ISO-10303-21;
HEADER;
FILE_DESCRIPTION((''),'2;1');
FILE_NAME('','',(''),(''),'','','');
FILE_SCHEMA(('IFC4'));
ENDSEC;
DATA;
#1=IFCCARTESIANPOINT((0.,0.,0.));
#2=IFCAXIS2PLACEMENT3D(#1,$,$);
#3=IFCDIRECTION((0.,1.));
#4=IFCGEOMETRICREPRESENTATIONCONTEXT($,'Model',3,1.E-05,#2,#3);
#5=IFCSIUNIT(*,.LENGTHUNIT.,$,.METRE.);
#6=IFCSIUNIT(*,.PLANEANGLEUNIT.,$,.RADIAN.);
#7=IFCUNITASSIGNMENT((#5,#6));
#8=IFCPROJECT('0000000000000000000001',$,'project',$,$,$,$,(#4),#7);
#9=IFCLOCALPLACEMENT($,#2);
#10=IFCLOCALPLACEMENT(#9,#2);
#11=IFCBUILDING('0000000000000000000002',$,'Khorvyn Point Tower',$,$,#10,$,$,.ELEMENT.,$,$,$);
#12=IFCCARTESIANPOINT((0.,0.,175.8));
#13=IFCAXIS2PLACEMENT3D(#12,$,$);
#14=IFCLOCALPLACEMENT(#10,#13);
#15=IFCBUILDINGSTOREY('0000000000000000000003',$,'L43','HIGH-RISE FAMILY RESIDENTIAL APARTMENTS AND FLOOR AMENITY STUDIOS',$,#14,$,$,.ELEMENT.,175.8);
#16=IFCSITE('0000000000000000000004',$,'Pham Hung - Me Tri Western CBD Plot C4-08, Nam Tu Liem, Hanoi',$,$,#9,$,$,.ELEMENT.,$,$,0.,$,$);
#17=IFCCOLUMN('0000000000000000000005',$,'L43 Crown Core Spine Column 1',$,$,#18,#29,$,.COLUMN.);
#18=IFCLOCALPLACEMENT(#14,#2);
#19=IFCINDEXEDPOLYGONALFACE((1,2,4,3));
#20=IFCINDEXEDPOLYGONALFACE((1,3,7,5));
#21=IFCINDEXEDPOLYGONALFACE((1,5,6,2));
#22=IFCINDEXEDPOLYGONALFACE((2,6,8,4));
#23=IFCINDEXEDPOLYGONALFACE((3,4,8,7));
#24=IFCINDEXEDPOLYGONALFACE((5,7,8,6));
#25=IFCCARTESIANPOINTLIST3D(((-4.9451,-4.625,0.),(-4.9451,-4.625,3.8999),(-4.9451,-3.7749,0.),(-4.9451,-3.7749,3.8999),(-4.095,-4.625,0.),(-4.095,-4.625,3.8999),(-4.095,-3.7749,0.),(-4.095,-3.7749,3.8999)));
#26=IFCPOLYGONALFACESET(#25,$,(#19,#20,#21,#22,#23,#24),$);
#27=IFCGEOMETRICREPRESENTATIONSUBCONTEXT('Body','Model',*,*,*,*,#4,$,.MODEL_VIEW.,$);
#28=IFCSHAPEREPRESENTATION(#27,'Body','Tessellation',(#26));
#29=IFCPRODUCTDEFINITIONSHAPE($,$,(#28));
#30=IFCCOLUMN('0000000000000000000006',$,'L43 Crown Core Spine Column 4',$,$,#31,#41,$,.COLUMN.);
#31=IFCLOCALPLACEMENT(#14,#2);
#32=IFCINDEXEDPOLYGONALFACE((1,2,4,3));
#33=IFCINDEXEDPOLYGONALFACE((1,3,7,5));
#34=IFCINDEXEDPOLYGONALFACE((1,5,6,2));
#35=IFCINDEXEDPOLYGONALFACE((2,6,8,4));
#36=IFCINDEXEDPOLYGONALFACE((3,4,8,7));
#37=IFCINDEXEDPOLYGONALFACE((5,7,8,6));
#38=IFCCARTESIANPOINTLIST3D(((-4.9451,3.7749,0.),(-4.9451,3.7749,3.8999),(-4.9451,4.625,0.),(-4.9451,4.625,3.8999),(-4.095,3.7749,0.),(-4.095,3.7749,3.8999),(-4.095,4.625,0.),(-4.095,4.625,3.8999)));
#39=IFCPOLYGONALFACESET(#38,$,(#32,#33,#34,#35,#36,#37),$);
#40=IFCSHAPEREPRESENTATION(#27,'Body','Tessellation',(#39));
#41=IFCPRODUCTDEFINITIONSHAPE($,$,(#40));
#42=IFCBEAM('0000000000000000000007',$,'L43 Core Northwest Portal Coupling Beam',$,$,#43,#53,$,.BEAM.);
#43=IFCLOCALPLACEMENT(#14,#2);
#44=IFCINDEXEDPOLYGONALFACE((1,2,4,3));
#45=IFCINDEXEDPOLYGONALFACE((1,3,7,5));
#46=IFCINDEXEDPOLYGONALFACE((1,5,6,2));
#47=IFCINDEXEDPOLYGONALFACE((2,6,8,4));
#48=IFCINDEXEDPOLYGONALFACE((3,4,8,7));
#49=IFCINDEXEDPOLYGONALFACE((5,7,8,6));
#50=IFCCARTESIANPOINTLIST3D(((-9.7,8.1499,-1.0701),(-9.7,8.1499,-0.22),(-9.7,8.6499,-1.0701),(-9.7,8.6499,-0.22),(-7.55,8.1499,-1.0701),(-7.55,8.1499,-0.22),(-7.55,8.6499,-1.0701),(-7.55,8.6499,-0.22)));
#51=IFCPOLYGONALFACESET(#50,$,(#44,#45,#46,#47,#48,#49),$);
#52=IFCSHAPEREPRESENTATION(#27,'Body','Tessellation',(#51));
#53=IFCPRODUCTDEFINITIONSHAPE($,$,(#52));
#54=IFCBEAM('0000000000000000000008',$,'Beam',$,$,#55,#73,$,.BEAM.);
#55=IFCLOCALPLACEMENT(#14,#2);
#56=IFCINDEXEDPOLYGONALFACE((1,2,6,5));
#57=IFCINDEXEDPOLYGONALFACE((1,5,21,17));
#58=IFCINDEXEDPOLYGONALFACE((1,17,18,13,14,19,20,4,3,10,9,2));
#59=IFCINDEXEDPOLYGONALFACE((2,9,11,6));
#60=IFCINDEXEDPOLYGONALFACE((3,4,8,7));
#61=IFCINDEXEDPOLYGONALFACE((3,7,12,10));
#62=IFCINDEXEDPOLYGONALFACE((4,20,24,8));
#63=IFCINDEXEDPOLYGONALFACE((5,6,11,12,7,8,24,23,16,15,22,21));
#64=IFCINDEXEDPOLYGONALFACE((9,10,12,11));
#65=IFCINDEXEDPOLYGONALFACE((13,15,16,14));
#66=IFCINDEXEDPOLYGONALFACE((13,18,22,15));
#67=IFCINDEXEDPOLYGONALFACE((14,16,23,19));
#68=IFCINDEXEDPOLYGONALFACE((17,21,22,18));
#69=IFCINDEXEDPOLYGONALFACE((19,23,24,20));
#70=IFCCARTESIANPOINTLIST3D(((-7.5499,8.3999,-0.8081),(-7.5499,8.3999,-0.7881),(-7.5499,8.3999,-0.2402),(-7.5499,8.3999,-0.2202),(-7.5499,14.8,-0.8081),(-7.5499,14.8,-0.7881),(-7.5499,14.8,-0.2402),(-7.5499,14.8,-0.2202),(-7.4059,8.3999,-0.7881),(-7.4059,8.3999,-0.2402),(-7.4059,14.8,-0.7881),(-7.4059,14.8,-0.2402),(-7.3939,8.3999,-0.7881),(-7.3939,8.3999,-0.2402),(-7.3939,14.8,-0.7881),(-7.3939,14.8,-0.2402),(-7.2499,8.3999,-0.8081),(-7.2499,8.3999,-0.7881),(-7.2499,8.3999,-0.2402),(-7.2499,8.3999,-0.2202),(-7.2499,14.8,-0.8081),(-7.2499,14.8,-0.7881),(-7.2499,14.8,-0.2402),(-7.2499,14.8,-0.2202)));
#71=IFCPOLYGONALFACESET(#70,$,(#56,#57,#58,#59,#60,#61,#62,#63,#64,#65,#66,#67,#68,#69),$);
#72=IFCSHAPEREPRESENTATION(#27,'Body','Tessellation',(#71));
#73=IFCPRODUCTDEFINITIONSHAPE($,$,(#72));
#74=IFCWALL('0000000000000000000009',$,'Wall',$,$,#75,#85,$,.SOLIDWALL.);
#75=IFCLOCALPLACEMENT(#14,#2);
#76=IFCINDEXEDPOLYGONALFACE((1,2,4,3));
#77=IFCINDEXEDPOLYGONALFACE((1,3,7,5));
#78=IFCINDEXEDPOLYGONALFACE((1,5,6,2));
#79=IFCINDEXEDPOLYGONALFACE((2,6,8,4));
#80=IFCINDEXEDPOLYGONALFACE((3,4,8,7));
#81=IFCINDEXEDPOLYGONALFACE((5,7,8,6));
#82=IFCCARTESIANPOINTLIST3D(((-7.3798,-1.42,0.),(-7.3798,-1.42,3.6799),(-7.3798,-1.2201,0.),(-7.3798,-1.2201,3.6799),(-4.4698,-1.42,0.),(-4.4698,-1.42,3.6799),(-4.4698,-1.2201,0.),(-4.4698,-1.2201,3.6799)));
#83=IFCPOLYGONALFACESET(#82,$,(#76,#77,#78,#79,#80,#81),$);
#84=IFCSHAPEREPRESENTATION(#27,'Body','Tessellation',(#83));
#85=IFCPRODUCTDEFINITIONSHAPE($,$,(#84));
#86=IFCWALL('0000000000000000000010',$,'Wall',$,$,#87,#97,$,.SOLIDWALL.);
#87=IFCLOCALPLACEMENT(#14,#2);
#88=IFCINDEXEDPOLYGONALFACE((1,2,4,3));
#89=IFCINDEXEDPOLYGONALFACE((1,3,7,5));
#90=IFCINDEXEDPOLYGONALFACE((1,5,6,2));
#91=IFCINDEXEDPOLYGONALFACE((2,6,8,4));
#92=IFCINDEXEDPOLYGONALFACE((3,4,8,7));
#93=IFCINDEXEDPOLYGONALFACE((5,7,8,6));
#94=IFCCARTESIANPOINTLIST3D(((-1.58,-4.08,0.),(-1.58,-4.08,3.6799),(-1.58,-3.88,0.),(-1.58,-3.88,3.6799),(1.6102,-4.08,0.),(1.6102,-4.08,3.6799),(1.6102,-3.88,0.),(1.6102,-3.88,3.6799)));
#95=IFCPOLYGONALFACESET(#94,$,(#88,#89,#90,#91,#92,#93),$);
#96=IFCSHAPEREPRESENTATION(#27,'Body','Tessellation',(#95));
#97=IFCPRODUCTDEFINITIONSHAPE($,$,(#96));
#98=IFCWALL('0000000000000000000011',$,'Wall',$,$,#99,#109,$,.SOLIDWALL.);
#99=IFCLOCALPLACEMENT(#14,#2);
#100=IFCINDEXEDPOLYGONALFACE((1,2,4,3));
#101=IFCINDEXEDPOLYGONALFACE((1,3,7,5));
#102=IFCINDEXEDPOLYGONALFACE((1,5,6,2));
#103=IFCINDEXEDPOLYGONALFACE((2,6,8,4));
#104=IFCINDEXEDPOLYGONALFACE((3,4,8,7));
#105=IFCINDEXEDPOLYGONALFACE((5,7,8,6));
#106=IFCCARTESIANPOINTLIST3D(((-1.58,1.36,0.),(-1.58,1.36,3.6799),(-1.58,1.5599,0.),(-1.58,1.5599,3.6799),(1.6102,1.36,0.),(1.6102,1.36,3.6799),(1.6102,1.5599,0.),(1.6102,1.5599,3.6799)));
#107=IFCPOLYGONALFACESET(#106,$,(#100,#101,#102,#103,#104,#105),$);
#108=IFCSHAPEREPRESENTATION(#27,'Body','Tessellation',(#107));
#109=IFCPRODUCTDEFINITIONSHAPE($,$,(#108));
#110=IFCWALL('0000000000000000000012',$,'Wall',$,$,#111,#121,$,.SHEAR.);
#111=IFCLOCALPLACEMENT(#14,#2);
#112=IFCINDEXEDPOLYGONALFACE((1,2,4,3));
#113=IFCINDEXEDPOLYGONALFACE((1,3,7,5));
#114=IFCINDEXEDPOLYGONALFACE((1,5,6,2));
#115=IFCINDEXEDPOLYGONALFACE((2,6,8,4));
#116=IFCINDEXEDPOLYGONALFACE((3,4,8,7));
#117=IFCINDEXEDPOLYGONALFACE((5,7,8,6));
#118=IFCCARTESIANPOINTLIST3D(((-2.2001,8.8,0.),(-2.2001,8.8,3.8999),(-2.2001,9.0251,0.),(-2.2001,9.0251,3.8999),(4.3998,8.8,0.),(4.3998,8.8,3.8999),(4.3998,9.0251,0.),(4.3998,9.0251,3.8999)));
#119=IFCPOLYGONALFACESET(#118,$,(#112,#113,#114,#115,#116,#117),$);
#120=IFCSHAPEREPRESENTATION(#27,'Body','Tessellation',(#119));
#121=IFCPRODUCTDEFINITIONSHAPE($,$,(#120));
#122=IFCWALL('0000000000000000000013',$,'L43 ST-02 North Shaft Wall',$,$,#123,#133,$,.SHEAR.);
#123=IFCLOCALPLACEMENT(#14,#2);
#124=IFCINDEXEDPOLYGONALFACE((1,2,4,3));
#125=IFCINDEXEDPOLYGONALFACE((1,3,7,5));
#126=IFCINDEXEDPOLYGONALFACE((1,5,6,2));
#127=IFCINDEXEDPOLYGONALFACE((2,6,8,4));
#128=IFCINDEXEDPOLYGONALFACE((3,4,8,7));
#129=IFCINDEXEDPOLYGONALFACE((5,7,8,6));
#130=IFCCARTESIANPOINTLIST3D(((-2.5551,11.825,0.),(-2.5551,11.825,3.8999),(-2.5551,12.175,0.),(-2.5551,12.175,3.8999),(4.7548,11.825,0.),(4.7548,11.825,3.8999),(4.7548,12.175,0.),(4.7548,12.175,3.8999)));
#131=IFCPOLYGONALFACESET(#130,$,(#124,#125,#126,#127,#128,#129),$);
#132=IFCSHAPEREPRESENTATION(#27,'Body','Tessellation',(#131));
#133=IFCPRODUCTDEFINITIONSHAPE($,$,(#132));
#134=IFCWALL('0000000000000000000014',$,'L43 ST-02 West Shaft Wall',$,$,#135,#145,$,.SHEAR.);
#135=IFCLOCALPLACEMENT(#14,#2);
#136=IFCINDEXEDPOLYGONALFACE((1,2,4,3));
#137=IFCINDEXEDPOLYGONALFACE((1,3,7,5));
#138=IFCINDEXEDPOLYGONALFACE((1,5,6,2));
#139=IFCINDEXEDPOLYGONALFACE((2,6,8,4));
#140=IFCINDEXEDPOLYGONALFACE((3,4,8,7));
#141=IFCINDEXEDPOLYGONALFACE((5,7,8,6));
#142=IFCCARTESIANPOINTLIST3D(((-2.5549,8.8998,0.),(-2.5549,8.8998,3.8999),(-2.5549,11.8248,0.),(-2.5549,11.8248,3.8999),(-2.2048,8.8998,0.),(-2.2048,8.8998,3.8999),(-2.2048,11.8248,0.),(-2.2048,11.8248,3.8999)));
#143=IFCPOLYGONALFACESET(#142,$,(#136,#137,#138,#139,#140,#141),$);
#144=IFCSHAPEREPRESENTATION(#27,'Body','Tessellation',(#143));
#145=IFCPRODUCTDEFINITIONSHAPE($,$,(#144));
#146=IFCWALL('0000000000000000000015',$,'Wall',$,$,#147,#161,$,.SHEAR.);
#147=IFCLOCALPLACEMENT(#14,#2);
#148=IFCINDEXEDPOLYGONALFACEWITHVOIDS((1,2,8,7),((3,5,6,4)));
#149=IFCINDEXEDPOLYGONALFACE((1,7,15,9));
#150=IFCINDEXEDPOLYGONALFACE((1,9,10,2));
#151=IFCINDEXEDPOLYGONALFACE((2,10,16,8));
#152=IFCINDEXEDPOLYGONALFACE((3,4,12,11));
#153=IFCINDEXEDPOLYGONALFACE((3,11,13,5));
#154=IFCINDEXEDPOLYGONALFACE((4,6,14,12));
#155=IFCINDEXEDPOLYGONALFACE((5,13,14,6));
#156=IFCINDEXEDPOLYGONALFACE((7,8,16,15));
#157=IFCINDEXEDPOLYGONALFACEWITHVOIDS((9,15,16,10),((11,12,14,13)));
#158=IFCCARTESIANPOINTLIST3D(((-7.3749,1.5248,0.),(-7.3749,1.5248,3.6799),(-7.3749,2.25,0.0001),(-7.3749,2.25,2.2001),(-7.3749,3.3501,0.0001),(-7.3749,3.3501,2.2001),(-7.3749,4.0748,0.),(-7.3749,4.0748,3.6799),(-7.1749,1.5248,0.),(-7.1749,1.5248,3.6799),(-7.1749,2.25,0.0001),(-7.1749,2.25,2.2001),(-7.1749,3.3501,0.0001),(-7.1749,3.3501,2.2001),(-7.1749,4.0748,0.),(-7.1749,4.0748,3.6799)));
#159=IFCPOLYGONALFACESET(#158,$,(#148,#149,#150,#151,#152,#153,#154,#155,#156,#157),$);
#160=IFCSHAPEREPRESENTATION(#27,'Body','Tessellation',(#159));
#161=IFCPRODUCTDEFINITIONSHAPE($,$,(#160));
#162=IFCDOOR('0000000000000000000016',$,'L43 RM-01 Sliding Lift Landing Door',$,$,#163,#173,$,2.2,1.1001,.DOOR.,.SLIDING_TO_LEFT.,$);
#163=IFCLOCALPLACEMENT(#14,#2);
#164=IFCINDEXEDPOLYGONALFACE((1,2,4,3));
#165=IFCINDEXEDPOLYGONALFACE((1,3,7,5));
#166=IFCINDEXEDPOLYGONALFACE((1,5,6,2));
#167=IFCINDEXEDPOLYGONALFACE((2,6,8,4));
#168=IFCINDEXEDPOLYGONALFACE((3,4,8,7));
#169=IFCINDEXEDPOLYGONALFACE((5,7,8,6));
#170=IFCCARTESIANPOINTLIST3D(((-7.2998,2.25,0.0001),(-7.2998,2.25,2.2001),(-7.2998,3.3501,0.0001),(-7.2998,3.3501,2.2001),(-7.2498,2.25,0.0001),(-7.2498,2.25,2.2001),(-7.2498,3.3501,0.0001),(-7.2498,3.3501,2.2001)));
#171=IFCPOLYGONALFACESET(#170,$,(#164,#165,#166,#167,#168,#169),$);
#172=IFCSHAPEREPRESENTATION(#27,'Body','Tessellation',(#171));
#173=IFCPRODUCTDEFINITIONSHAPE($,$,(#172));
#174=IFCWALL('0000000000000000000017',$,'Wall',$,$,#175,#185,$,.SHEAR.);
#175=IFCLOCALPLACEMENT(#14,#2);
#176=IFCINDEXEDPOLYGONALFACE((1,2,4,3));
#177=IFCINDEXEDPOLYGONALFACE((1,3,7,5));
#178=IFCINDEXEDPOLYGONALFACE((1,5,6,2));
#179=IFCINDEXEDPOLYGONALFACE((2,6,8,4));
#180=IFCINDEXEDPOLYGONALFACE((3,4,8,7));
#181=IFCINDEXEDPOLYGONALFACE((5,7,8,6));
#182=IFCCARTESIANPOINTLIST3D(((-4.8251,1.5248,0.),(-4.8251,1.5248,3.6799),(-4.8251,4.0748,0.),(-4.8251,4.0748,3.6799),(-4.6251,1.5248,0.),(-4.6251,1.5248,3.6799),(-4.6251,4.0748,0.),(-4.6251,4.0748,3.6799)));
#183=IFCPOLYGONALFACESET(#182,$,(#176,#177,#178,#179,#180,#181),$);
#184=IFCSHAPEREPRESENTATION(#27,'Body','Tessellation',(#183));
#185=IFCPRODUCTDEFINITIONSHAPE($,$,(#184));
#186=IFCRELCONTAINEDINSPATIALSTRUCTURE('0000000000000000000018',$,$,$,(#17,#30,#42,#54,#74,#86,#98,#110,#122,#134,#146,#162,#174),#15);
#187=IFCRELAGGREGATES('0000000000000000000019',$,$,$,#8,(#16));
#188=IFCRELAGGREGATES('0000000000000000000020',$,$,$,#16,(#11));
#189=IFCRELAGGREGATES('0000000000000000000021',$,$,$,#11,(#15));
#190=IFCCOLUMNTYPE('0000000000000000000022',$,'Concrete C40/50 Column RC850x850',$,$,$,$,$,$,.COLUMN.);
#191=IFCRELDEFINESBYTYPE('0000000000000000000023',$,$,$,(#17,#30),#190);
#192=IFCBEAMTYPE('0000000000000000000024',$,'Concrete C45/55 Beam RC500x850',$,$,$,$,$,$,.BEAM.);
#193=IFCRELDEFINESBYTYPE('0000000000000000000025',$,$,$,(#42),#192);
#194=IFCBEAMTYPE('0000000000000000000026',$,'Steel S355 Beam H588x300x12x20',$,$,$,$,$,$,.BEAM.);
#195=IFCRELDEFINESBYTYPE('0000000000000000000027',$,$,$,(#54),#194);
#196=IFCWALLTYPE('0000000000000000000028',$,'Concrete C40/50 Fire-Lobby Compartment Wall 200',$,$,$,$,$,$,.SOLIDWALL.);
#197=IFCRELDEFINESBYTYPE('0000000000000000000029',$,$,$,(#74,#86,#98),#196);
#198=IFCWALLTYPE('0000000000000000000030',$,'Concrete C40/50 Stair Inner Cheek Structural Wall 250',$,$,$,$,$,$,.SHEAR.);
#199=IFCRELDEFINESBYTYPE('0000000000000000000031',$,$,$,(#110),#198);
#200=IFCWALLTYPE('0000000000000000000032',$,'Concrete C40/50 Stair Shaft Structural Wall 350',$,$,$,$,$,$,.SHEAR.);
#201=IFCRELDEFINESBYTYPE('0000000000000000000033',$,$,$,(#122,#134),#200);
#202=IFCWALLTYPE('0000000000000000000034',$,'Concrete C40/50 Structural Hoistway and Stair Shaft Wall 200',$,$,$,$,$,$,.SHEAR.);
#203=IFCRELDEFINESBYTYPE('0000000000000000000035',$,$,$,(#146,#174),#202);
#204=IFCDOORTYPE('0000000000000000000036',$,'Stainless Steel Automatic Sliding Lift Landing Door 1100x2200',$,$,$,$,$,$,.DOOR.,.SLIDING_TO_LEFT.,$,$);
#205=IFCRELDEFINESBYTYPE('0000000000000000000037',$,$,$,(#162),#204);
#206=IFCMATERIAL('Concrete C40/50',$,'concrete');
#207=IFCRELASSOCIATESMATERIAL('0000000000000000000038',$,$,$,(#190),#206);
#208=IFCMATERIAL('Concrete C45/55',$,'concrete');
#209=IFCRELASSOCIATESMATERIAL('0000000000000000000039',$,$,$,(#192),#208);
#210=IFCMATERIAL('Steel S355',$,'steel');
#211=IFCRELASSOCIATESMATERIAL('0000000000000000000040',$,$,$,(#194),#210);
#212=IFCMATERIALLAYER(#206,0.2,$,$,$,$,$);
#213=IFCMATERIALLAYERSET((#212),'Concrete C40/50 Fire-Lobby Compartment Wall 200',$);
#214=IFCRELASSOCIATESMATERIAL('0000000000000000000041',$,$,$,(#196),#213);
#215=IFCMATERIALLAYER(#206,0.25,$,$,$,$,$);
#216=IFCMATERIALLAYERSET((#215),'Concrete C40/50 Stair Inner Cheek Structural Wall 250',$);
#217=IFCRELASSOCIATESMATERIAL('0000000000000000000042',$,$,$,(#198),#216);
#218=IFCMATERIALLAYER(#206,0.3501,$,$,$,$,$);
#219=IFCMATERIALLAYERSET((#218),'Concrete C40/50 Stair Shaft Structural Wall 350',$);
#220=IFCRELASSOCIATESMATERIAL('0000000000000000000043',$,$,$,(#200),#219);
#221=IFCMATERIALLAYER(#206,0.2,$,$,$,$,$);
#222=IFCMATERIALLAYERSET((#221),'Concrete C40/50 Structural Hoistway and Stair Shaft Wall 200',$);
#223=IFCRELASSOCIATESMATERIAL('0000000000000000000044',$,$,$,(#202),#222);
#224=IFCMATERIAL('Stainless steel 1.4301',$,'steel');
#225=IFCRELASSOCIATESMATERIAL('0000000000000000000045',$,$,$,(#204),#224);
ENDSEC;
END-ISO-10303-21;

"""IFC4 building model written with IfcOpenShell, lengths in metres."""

from ifc_helpers import new_model, si_unit, direction, frame, frame_2d, origin, origin_2d, place, context, subcontext, project, spatial, rectangle, i_section, extrude, material, layer, layer_set, material_profile, profile_set, type_object, element, fill, save


model = new_model("IFC4")

# Units and contexts
model_context = context("Model", 3, precision=1e-05, world=origin(), true_north=direction((0.0, 1.0)))
body_context = subcontext(model_context, "Body", "Model", "MODEL_VIEW")
ifc_project = project(units=[si_unit("LENGTHUNIT", "METRE"), si_unit("PLANEANGLEUNIT", "RADIAN")], contexts=[model_context])

# Site, building, storey
site_placement = place(None, origin())
site = spatial("IfcSite", under=ifc_project, at=site_placement, Name="Pham Hung - Me Tri Western CBD Plot C4-08, Nam Tu Liem, Hanoi", CompositionType="ELEMENT", RefElevation=0.0)
building_placement = place(site_placement, origin())
building = spatial("IfcBuilding", under=site, at=building_placement, Name="Khorvyn Point Tower", CompositionType="ELEMENT")
storey_placement = place(building_placement, frame((0.0, 0.0, 175.8)))
storey = spatial("IfcBuildingStorey", under=building, at=storey_placement, Name="L43", Description="HIGH-RISE FAMILY RESIDENTIAL APARTMENTS AND FLOOR AMENITY STUDIOS", CompositionType="ELEMENT", Elevation=175.8)

# Columns
ifc_material_1 = material(Name="Concrete C40/50", Category="concrete")
ifc_material_profile_1 = material_profile(ifc_material_1, rectangle(XDim=0.8501, YDim=0.8501, at=origin_2d()))
ifc_profile_set_1 = profile_set([ifc_material_profile_1], Name="Concrete C40/50 RC850x850")
column_type = type_object("IfcColumnType", Name="Concrete C40/50 Column RC850x850", PredefinedType="COLUMN", material=ifc_profile_set_1)
for number, where, z_axis, x_axis, name in (
    (1, (-4.52, -4.2, 0.0), (0.0, 0.0, 1.0), (1.0, 0.0, 0.0), "L43 Crown Core Spine Column 1"),
    (2, (-4.52, 4.2, 0.0), (0.0, 0.0, 1.0), (1.0, 0.0, 0.0), "L43 Crown Core Spine Column 4"),
):
    element("IfcColumn", number, at=place(storey_placement, frame(where, z_axis=z_axis, x_axis=x_axis)), inside=storey, type_object=column_type, Name=name, PredefinedType="COLUMN", context=body_context, shape_type="SweptSolid", body=[
        extrude(rectangle(XDim=0.8501, YDim=0.8501, at=origin_2d()), origin(), (0.0, 0.0, 1.0), 3.8999),
    ])

# Beams
ifc_material_2 = material(Name="Concrete C45/55", Category="concrete")
ifc_material_profile_2 = material_profile(ifc_material_2, rectangle(XDim=0.5, YDim=0.8501, at=origin_2d()))
ifc_profile_set_2 = profile_set([ifc_material_profile_2], Name="Concrete C45/55 RC500x850")
beam_type_1 = type_object("IfcBeamType", Name="Concrete C45/55 Beam RC500x850", PredefinedType="BEAM", material=ifc_profile_set_2)
beam_1_placement = place(storey_placement, frame((-9.7, 8.3999, -0.645), z_axis=(1.0, 0.0, 0.0), x_axis=(0.0, 1.0, 0.0)))
element("IfcBeam", 3, at=beam_1_placement, inside=storey, type_object=beam_type_1, Name="L43 Core Northwest Portal Coupling Beam", PredefinedType="BEAM", context=body_context, shape_type="SweptSolid", body=[
    extrude(rectangle(XDim=0.5, YDim=0.8501, at=origin_2d()), origin(), (0.0, 0.0, 1.0), 2.1499),
])
ifc_material_3 = material(Name="Steel S355", Category="steel")
ifc_material_profile_3 = material_profile(ifc_material_3, i_section(OverallWidth=0.3, OverallDepth=0.5879, WebThickness=0.012, FlangeThickness=0.02, at=origin_2d()))
ifc_profile_set_3 = profile_set([ifc_material_profile_3], Name="Steel S355 H588x300x12x20")
beam_type_2 = type_object("IfcBeamType", Name="Steel S355 Beam H588x300x12x20", PredefinedType="BEAM", material=ifc_profile_set_3)
beam_2_placement = place(storey_placement, frame((-7.3999, 8.3999, -0.5142), z_axis=(0.0, 1.0, 0.0), x_axis=(-1.0, 0.0, 0.0)))
element("IfcBeam", 4, at=beam_2_placement, inside=storey, type_object=beam_type_2, Name="Beam", PredefinedType="BEAM", context=body_context, shape_type="SweptSolid", body=[
    extrude(i_section(OverallWidth=0.3, OverallDepth=0.5879, WebThickness=0.012, FlangeThickness=0.02, at=origin_2d()), origin(), (0.0, 0.0, 1.0), 6.4001),
])

# Shared definitions
ifc_layer_1 = layer(ifc_material_1, 0.2)
ifc_layer_set_1 = layer_set([ifc_layer_1], Name="Concrete C40/50 Fire-Lobby Compartment Wall 200")
wall_type_1 = type_object("IfcWallType", Name="Concrete C40/50 Fire-Lobby Compartment Wall 200", PredefinedType="SOLIDWALL", material=ifc_layer_set_1)

# Walls
wall_1_placement = place(storey_placement, frame((-7.3799, -1.3201, 0.0), z_axis=(0.0, 0.0, 1.0), x_axis=(1.0, 0.0, 0.0)))
element("IfcWall", 5, at=wall_1_placement, inside=storey, type_object=wall_type_1, Name="Wall", PredefinedType="SOLIDWALL", context=body_context, shape_type="SweptSolid", body=[
    extrude(rectangle(XDim=2.9099, YDim=0.2, at=frame_2d((1.4551, 0.0))), origin(), (0.0, 0.0, 1.0), 3.6799),
])
for number, where, z_axis, x_axis, name in (
    (6, (-1.5801, -3.98, 0.0), (0.0, 0.0, 1.0), (1.0, 0.0, 0.0), "Wall"),
    (7, (-1.5801, 1.46, 0.0), (0.0, 0.0, 1.0), (1.0, 0.0, 0.0), "Wall"),
):
    element("IfcWall", number, at=place(storey_placement, frame(where, z_axis=z_axis, x_axis=x_axis)), inside=storey, type_object=wall_type_1, Name=name, PredefinedType="SOLIDWALL", context=body_context, shape_type="SweptSolid", body=[
        extrude(rectangle(XDim=3.1902, YDim=0.2, at=frame_2d((1.5952, 0.0))), origin(), (0.0, 0.0, 1.0), 3.6799),
    ])
ifc_layer_2 = layer(ifc_material_1, 0.25)
ifc_layer_set_2 = layer_set([ifc_layer_2], Name="Concrete C40/50 Stair Inner Cheek Structural Wall 250")
wall_type_2 = type_object("IfcWallType", Name="Concrete C40/50 Stair Inner Cheek Structural Wall 250", PredefinedType="SHEAR", material=ifc_layer_set_2)
wall_2_placement = place(storey_placement, frame((-2.2, 8.9126, 0.0), z_axis=(0.0, 0.0, 1.0), x_axis=(1.0, 0.0, 0.0)))
element("IfcWall", 8, at=wall_2_placement, inside=storey, type_object=wall_type_2, Name="Wall", PredefinedType="SHEAR", context=body_context, shape_type="SweptSolid", body=[
    extrude(rectangle(XDim=6.5999, YDim=0.2251, at=frame_2d((3.2998, 0.0))), origin(), (0.0, 0.0, 1.0), 3.8999),
])
ifc_layer_3 = layer(ifc_material_1, 0.3501)
ifc_layer_set_3 = layer_set([ifc_layer_3], Name="Concrete C40/50 Stair Shaft Structural Wall 350")
wall_type_3 = type_object("IfcWallType", Name="Concrete C40/50 Stair Shaft Structural Wall 350", PredefinedType="SHEAR", material=ifc_layer_set_3)
wall_3_placement = place(storey_placement, frame((-2.5549, 12.0, 0.0), z_axis=(0.0, 0.0, 1.0), x_axis=(1.0, 0.0, 0.0)))
element("IfcWall", 9, at=wall_3_placement, inside=storey, type_object=wall_type_3, Name="L43 ST-02 North Shaft Wall", PredefinedType="SHEAR", context=body_context, shape_type="SweptSolid", body=[
    extrude(rectangle(XDim=7.3098, YDim=0.3501, at=frame_2d((3.6548, 0.0))), origin(), (0.0, 0.0, 1.0), 3.8999),
])
wall_4_placement = place(storey_placement, frame((-2.3799, 8.8999, 0.0), z_axis=(0.0, 0.0, 1.0), x_axis=(0.0, 1.0, 0.0)))
element("IfcWall", 10, at=wall_4_placement, inside=storey, type_object=wall_type_3, Name="L43 ST-02 West Shaft Wall", PredefinedType="SHEAR", context=body_context, shape_type="SweptSolid", body=[
    extrude(rectangle(XDim=2.925, YDim=0.3501, at=frame_2d((1.4624, 0.0))), origin(), (0.0, 0.0, 1.0), 3.8999),
])

# Wall, opening, door
ifc_layer_4 = layer(ifc_material_1, 0.2)
ifc_layer_set_4 = layer_set([ifc_layer_4], Name="Concrete C40/50 Structural Hoistway and Stair Shaft Wall 200")
wall_type_4 = type_object("IfcWallType", Name="Concrete C40/50 Structural Hoistway and Stair Shaft Wall 200", PredefinedType="SHEAR", material=ifc_layer_set_4)
wall_5_placement = place(storey_placement, frame((-7.2749, 1.5249, 0.0), z_axis=(0.0, 0.0, 1.0), x_axis=(0.0, 1.0, 0.0)))
wall_5 = element("IfcWall", 11, at=wall_5_placement, inside=storey, type_object=wall_type_4, Name="Wall", PredefinedType="SHEAR", context=body_context, shape_type="SweptSolid", body=[
    extrude(rectangle(XDim=2.55, YDim=0.2, at=frame_2d((1.2749, 0.0))), origin(), (0.0, 0.0, 1.0), 3.6799),
])
opening_1_placement = place(wall_5_placement, frame((0.7251, 0.0, 0.0)))
opening_1 = element("IfcOpeningElement", 12, at=opening_1_placement, cuts=wall_5, PredefinedType="OPENING", context=body_context, shape_type="SweptSolid", body=[
    extrude(rectangle(XDim=1.1001, YDim=2.2, at=frame_2d((0.55, 1.1001))), frame((0.0, 0.1099, 0.0), z_axis=(0.0, -1.0, 0.0), x_axis=(1.0, 0.0, 0.0)), (0.0, 0.0, 1.0), 0.22),
])
ifc_material_4 = material(Name="Stainless steel 1.4301", Category="steel")
door_type_1 = type_object("IfcDoorType", Name="Stainless Steel Automatic Sliding Lift Landing Door 1100x2200", OperationType="SLIDING_TO_LEFT", PredefinedType="DOOR", material=ifc_material_4)
door_1_placement = place(opening_1_placement, origin())
door_1 = element("IfcDoor", 13, at=door_1_placement, inside=storey, type_object=door_type_1, Name="L43 RM-01 Sliding Lift Landing Door", OperationType="SLIDING_TO_LEFT", OverallHeight=2.2, OverallWidth=1.1001, PredefinedType="DOOR", context=body_context, shape_type="SweptSolid", body=[
    extrude(rectangle(XDim=1.1001, YDim=2.2, at=frame_2d((0.55, 1.1001))), frame((0.0, 0.0249, 0.0), z_axis=(0.0, -1.0, 0.0), x_axis=(1.0, 0.0, 0.0)), (0.0, 0.0, 1.0), 0.05),
])
fill(opening_1, door_1)

# Wall
wall_6_placement = place(storey_placement, frame((-4.7251, 1.5249, 0.0), z_axis=(0.0, 0.0, 1.0), x_axis=(0.0, 1.0, 0.0)))
element("IfcWall", 14, at=wall_6_placement, inside=storey, type_object=wall_type_4, Name="Wall", PredefinedType="SHEAR", context=body_context, shape_type="SweptSolid", body=[
    extrude(rectangle(XDim=2.55, YDim=0.2, at=frame_2d((1.2749, 0.0))), origin(), (0.0, 0.0, 1.0), 3.6799),
])

save(model, "model.ifc")
